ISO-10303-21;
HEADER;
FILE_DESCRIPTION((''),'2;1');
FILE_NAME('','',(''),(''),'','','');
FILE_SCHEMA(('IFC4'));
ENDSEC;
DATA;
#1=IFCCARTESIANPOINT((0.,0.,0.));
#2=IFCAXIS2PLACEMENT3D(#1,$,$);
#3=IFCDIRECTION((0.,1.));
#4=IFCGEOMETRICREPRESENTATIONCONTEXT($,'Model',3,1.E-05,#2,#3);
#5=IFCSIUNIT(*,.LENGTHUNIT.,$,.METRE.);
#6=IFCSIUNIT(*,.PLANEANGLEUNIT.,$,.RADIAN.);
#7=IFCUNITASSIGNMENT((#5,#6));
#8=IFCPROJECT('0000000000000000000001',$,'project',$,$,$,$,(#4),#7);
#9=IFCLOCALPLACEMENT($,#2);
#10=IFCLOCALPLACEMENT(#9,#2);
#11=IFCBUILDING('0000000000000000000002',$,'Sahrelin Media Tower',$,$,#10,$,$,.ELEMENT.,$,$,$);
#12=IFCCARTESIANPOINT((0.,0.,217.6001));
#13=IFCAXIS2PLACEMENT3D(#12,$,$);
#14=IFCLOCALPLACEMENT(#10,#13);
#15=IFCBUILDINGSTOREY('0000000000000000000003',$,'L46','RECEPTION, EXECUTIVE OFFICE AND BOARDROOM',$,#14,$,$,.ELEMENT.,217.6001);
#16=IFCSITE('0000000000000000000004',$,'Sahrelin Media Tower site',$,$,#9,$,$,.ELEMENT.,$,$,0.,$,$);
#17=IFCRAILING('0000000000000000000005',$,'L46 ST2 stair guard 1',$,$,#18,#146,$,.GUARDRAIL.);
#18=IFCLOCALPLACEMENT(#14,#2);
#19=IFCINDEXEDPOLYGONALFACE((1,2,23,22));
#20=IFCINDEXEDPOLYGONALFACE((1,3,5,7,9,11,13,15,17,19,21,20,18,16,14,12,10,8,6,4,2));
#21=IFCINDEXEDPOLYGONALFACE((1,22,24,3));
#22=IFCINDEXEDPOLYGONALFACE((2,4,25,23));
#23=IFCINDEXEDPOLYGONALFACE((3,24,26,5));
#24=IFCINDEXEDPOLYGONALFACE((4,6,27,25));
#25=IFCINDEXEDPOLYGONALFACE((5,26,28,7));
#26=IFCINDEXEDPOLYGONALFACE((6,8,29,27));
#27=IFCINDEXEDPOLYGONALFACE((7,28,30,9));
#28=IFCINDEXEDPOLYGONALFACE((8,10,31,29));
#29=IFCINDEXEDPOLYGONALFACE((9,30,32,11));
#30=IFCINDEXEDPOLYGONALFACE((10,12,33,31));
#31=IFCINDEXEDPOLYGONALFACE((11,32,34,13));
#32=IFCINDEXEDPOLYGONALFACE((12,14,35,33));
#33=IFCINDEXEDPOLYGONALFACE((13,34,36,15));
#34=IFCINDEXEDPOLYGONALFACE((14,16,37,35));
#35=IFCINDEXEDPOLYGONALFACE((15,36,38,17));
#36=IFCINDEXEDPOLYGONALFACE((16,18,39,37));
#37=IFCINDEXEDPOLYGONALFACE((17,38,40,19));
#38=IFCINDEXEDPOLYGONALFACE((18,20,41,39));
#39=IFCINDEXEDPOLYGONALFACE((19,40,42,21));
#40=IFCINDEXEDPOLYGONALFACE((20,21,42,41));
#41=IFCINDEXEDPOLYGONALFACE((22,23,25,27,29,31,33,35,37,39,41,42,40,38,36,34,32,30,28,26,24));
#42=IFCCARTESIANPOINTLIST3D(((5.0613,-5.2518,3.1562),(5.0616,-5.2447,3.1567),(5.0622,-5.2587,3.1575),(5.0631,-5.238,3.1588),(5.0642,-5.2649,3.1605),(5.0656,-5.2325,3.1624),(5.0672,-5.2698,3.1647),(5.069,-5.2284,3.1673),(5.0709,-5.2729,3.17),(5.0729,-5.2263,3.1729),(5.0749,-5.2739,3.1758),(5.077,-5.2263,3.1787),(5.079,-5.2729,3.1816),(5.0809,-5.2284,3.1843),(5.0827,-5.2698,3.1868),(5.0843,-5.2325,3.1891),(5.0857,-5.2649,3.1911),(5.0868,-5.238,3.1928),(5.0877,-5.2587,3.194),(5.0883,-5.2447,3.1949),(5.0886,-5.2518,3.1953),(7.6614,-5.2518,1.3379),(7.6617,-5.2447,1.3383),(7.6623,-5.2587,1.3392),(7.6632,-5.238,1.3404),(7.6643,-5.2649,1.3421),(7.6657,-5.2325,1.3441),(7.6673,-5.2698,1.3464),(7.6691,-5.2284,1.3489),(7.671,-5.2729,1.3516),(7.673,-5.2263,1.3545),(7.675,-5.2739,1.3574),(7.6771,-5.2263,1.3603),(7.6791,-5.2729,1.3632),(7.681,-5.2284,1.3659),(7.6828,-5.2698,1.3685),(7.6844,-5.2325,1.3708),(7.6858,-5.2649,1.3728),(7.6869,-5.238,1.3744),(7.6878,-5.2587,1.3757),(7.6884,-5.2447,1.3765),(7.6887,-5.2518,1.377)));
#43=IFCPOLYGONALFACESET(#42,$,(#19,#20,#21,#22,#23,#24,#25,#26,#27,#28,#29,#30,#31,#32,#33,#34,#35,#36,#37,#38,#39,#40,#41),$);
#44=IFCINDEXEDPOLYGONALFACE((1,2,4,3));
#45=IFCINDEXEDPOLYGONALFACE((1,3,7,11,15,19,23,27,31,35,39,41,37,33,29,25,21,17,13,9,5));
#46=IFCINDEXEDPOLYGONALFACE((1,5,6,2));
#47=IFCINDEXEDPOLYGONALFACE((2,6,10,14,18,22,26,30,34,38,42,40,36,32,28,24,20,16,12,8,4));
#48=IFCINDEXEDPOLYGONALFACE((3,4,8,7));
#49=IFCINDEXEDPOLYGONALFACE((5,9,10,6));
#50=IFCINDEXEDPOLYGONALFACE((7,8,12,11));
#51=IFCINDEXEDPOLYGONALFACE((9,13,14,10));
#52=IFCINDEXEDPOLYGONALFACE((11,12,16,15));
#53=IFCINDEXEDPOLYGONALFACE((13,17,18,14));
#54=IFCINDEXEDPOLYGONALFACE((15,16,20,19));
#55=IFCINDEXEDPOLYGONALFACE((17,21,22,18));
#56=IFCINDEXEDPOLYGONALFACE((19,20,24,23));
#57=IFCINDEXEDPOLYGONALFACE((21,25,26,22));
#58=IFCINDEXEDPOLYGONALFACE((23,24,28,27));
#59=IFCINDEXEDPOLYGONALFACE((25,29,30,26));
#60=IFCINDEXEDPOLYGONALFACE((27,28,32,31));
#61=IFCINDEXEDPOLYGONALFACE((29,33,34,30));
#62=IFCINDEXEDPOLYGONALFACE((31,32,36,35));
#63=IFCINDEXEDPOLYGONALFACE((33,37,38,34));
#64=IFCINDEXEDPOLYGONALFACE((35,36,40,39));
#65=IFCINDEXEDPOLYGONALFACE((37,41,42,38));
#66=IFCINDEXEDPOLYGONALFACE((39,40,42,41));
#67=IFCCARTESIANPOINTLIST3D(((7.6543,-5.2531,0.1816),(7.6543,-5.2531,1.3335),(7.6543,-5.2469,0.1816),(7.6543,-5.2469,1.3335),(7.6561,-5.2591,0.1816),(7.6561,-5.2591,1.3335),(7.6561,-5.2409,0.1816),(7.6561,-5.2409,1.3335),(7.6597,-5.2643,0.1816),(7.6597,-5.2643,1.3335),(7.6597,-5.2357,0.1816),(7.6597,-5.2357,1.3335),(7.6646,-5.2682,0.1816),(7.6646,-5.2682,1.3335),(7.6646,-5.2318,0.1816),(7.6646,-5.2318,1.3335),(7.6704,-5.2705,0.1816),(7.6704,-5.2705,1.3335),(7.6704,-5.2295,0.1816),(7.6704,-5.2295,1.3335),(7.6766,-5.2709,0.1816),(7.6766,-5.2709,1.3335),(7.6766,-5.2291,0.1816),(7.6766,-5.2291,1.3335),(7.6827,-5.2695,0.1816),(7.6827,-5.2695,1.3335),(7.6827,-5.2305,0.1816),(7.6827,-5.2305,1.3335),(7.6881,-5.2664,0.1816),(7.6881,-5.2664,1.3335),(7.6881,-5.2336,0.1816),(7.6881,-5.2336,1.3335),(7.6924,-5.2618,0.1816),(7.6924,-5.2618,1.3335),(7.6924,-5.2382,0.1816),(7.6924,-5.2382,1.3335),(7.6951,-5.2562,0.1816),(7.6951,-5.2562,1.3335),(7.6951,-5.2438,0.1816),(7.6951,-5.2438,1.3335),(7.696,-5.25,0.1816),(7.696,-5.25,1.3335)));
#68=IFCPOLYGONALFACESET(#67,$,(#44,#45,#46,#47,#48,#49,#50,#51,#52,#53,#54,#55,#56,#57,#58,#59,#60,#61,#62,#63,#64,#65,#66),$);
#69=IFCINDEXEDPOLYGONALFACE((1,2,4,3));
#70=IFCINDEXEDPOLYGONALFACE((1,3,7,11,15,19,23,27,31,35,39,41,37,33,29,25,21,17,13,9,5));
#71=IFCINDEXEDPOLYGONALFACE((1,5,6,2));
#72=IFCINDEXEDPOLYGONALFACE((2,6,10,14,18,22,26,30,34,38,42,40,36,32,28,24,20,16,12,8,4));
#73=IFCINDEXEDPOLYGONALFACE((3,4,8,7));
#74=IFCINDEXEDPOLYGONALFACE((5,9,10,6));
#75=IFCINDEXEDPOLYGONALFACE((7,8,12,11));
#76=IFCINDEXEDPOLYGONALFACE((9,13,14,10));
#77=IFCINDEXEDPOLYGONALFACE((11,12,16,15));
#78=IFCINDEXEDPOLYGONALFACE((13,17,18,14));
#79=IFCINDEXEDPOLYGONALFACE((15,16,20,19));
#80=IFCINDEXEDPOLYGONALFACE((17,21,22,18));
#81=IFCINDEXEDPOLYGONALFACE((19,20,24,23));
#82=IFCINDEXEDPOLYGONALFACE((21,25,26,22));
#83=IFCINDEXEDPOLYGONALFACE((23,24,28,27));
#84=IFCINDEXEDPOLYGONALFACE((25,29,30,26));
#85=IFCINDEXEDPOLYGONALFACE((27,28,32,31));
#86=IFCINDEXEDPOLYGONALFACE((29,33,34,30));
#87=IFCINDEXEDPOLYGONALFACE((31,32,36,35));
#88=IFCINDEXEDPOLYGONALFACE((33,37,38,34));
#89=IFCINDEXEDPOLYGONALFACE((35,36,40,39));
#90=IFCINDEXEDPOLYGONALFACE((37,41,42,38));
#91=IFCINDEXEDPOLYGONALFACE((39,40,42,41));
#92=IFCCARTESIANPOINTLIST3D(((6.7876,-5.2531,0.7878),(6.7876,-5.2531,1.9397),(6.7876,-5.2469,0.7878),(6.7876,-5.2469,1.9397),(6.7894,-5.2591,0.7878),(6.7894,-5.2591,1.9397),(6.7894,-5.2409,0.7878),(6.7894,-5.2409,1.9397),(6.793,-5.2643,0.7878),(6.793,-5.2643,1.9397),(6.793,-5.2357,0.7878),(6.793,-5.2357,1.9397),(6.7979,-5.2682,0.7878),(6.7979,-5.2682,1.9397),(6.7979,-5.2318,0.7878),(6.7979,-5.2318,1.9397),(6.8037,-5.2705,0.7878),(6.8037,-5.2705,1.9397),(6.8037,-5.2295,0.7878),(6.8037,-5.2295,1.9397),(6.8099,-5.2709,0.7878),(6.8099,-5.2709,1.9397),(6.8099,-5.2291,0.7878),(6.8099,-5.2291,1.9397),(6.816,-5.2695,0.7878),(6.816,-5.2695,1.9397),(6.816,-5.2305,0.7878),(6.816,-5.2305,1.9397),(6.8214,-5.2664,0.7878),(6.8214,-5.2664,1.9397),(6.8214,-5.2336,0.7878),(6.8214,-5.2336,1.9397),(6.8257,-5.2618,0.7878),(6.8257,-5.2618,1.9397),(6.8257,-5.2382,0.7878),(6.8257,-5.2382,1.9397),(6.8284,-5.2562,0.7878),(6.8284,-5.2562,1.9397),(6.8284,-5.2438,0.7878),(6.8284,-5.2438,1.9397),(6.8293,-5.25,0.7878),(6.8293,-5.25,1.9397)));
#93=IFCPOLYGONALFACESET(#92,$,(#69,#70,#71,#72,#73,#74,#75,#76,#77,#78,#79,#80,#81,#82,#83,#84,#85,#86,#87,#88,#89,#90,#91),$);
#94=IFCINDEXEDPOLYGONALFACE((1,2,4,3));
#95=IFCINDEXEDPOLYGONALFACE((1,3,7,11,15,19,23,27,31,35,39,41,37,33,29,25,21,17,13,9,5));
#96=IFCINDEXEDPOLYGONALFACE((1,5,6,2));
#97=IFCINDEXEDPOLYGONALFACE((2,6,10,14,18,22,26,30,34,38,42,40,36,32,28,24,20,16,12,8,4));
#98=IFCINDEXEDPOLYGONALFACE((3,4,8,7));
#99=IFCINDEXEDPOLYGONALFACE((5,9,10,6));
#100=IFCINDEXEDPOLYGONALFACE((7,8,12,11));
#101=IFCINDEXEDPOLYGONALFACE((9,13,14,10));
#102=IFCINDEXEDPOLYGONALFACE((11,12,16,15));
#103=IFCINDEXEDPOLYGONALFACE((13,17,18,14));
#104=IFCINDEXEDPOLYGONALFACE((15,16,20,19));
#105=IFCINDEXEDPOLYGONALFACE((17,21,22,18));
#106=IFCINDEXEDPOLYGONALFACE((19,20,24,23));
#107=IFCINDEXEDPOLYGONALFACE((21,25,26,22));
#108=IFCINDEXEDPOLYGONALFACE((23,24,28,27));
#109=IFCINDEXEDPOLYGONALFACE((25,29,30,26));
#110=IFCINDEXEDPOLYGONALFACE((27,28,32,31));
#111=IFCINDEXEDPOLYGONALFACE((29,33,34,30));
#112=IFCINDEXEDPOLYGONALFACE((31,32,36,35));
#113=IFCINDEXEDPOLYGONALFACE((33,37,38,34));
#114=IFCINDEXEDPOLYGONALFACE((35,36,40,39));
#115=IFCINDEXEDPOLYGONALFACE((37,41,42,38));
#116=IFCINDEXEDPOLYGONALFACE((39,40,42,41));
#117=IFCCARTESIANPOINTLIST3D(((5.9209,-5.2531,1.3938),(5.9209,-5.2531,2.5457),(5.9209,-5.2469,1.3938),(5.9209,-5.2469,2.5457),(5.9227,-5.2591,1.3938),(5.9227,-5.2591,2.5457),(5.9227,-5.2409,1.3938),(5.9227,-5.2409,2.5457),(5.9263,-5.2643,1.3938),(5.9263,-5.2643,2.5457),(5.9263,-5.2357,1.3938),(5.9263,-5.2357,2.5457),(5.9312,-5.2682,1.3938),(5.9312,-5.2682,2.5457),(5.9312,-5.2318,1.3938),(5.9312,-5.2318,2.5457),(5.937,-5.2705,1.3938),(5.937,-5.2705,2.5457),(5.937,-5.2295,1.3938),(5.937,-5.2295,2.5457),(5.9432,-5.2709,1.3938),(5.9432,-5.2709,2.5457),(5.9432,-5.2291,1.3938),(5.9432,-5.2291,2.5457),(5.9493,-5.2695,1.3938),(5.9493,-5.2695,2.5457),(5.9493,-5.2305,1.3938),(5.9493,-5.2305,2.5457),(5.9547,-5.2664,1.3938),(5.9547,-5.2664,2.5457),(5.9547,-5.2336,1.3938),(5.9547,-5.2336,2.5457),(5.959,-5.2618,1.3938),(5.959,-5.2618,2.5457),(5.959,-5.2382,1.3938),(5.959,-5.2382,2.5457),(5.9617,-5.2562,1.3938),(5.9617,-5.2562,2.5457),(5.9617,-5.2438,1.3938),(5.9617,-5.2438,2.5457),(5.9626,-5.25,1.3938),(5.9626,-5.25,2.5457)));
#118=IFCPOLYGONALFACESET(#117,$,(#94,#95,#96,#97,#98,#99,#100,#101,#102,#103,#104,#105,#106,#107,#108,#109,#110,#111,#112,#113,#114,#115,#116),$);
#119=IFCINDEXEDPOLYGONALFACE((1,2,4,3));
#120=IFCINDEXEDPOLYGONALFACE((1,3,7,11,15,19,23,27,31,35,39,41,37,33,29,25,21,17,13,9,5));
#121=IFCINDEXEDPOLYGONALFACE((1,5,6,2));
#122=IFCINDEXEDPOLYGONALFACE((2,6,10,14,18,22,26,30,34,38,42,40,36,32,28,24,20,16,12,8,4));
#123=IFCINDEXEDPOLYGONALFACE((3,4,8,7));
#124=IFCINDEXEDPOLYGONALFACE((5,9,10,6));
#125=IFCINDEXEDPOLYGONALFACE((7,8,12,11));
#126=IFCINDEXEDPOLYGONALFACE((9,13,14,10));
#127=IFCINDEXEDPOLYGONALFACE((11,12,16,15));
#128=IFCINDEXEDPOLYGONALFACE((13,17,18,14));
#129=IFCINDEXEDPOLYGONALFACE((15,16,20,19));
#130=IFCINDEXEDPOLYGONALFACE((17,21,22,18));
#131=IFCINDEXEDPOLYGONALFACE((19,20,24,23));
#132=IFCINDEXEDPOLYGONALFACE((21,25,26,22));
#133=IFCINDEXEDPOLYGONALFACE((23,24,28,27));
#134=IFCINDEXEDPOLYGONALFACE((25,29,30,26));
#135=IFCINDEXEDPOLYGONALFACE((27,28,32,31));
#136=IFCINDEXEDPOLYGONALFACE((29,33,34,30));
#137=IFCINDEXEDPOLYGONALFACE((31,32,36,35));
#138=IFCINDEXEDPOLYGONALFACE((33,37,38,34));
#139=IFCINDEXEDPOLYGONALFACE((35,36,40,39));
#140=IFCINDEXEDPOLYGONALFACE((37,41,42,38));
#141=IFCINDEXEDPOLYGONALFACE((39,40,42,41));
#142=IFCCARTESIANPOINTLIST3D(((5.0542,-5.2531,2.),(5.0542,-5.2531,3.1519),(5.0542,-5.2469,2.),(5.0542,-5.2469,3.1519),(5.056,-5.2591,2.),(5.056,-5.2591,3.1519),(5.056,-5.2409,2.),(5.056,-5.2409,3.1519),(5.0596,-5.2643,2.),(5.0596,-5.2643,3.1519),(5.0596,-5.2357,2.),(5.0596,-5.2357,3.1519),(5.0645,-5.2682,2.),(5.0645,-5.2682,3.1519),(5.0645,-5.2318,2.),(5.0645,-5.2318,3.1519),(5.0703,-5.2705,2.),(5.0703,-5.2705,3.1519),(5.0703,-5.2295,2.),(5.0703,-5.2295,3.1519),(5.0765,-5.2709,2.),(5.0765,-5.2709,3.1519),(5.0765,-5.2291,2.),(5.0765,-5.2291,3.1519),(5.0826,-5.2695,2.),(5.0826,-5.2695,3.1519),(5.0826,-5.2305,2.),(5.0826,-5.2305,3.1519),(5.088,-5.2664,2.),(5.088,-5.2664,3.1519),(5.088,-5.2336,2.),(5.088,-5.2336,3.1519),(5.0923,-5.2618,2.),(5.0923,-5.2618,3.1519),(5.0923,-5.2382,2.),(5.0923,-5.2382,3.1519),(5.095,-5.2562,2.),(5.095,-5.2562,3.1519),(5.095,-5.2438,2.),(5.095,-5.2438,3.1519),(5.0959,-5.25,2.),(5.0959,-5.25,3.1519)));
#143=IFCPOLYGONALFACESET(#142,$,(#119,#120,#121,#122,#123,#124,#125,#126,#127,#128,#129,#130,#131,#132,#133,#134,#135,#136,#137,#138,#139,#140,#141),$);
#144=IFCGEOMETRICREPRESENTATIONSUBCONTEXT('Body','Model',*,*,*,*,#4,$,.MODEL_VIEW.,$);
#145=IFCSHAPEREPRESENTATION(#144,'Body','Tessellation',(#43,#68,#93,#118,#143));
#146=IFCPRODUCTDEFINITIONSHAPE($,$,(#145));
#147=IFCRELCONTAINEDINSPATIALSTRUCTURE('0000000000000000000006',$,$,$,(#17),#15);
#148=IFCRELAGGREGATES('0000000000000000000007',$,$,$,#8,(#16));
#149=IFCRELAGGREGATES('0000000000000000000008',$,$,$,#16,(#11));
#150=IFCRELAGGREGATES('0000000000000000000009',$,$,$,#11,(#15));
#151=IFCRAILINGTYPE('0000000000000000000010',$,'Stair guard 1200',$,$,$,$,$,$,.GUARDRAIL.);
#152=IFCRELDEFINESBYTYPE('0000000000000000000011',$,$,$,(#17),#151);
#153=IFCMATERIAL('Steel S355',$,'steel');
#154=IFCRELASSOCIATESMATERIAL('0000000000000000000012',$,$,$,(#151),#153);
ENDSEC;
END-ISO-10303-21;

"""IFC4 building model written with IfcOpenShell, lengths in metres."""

from ifc_helpers import new_model, si_unit, direction, frame, origin, origin_2d, place, context, subcontext, project, spatial, circle, extrude, material, type_object, element, save


model = new_model("IFC4")

# Units and contexts
model_context = context("Model", 3, precision=1e-05, world=origin(), true_north=direction((0.0, 1.0)))
body_context = subcontext(model_context, "Body", "Model", "MODEL_VIEW")
ifc_project = project(units=[si_unit("LENGTHUNIT", "METRE"), si_unit("PLANEANGLEUNIT", "RADIAN")], contexts=[model_context])

# Site, building, storey
site_placement = place(None, origin())
site = spatial("IfcSite", under=ifc_project, at=site_placement, Name="Sahrelin Media Tower site", CompositionType="ELEMENT", RefElevation=0.0)
building_placement = place(site_placement, origin())
building = spatial("IfcBuilding", under=site, at=building_placement, Name="Sahrelin Media Tower", CompositionType="ELEMENT")
storey_placement = place(building_placement, frame((0.0, 0.0, 217.6001)))
storey = spatial("IfcBuildingStorey", under=building, at=storey_placement, Name="L46", Description="RECEPTION, EXECUTIVE OFFICE AND BOARDROOM", CompositionType="ELEMENT", Elevation=217.6001)

# Shared definitions
ifc_material_1 = material(Name="Steel S355", Category="steel")

# Railing
railing_type_1 = type_object("IfcRailingType", Name="Stair guard 1200", PredefinedType="GUARDRAIL", material=ifc_material_1)
railing_1_placement = place(storey_placement, frame((7.675, -5.25, 0.1816)))
element("IfcRailing", 1, at=railing_1_placement, inside=storey, type_object=railing_type_1, Name="L46 ST2 stair guard 1", PredefinedType="GUARDRAIL", context=body_context, shape_type="SweptSolid", body=[
    extrude(circle(Radius=0.0239, at=origin_2d()), frame((0.0, 0.0, 1.1758), z_axis=(-0.819485, 0.0, 0.573101), x_axis=(0.0, -1.0, 0.0)), (0.0, 0.0, 1.0), 3.1729),
    extrude(circle(Radius=0.021, at=origin_2d()), origin(), (0.0, 0.0, 1.0), 1.1519),
    extrude(circle(Radius=0.021, at=origin_2d()), frame((-0.8667, 0.0, 0.6062)), (0.0, 0.0, 1.0), 1.1519),
    extrude(circle(Radius=0.021, at=origin_2d()), frame((-1.7334, 0.0, 1.2122)), (0.0, 0.0, 1.0), 1.1519),
    extrude(circle(Radius=0.021, at=origin_2d()), frame((-2.6001, 0.0, 1.8184)), (0.0, 0.0, 1.0), 1.1519),
])

save(model, "model.ifc")
